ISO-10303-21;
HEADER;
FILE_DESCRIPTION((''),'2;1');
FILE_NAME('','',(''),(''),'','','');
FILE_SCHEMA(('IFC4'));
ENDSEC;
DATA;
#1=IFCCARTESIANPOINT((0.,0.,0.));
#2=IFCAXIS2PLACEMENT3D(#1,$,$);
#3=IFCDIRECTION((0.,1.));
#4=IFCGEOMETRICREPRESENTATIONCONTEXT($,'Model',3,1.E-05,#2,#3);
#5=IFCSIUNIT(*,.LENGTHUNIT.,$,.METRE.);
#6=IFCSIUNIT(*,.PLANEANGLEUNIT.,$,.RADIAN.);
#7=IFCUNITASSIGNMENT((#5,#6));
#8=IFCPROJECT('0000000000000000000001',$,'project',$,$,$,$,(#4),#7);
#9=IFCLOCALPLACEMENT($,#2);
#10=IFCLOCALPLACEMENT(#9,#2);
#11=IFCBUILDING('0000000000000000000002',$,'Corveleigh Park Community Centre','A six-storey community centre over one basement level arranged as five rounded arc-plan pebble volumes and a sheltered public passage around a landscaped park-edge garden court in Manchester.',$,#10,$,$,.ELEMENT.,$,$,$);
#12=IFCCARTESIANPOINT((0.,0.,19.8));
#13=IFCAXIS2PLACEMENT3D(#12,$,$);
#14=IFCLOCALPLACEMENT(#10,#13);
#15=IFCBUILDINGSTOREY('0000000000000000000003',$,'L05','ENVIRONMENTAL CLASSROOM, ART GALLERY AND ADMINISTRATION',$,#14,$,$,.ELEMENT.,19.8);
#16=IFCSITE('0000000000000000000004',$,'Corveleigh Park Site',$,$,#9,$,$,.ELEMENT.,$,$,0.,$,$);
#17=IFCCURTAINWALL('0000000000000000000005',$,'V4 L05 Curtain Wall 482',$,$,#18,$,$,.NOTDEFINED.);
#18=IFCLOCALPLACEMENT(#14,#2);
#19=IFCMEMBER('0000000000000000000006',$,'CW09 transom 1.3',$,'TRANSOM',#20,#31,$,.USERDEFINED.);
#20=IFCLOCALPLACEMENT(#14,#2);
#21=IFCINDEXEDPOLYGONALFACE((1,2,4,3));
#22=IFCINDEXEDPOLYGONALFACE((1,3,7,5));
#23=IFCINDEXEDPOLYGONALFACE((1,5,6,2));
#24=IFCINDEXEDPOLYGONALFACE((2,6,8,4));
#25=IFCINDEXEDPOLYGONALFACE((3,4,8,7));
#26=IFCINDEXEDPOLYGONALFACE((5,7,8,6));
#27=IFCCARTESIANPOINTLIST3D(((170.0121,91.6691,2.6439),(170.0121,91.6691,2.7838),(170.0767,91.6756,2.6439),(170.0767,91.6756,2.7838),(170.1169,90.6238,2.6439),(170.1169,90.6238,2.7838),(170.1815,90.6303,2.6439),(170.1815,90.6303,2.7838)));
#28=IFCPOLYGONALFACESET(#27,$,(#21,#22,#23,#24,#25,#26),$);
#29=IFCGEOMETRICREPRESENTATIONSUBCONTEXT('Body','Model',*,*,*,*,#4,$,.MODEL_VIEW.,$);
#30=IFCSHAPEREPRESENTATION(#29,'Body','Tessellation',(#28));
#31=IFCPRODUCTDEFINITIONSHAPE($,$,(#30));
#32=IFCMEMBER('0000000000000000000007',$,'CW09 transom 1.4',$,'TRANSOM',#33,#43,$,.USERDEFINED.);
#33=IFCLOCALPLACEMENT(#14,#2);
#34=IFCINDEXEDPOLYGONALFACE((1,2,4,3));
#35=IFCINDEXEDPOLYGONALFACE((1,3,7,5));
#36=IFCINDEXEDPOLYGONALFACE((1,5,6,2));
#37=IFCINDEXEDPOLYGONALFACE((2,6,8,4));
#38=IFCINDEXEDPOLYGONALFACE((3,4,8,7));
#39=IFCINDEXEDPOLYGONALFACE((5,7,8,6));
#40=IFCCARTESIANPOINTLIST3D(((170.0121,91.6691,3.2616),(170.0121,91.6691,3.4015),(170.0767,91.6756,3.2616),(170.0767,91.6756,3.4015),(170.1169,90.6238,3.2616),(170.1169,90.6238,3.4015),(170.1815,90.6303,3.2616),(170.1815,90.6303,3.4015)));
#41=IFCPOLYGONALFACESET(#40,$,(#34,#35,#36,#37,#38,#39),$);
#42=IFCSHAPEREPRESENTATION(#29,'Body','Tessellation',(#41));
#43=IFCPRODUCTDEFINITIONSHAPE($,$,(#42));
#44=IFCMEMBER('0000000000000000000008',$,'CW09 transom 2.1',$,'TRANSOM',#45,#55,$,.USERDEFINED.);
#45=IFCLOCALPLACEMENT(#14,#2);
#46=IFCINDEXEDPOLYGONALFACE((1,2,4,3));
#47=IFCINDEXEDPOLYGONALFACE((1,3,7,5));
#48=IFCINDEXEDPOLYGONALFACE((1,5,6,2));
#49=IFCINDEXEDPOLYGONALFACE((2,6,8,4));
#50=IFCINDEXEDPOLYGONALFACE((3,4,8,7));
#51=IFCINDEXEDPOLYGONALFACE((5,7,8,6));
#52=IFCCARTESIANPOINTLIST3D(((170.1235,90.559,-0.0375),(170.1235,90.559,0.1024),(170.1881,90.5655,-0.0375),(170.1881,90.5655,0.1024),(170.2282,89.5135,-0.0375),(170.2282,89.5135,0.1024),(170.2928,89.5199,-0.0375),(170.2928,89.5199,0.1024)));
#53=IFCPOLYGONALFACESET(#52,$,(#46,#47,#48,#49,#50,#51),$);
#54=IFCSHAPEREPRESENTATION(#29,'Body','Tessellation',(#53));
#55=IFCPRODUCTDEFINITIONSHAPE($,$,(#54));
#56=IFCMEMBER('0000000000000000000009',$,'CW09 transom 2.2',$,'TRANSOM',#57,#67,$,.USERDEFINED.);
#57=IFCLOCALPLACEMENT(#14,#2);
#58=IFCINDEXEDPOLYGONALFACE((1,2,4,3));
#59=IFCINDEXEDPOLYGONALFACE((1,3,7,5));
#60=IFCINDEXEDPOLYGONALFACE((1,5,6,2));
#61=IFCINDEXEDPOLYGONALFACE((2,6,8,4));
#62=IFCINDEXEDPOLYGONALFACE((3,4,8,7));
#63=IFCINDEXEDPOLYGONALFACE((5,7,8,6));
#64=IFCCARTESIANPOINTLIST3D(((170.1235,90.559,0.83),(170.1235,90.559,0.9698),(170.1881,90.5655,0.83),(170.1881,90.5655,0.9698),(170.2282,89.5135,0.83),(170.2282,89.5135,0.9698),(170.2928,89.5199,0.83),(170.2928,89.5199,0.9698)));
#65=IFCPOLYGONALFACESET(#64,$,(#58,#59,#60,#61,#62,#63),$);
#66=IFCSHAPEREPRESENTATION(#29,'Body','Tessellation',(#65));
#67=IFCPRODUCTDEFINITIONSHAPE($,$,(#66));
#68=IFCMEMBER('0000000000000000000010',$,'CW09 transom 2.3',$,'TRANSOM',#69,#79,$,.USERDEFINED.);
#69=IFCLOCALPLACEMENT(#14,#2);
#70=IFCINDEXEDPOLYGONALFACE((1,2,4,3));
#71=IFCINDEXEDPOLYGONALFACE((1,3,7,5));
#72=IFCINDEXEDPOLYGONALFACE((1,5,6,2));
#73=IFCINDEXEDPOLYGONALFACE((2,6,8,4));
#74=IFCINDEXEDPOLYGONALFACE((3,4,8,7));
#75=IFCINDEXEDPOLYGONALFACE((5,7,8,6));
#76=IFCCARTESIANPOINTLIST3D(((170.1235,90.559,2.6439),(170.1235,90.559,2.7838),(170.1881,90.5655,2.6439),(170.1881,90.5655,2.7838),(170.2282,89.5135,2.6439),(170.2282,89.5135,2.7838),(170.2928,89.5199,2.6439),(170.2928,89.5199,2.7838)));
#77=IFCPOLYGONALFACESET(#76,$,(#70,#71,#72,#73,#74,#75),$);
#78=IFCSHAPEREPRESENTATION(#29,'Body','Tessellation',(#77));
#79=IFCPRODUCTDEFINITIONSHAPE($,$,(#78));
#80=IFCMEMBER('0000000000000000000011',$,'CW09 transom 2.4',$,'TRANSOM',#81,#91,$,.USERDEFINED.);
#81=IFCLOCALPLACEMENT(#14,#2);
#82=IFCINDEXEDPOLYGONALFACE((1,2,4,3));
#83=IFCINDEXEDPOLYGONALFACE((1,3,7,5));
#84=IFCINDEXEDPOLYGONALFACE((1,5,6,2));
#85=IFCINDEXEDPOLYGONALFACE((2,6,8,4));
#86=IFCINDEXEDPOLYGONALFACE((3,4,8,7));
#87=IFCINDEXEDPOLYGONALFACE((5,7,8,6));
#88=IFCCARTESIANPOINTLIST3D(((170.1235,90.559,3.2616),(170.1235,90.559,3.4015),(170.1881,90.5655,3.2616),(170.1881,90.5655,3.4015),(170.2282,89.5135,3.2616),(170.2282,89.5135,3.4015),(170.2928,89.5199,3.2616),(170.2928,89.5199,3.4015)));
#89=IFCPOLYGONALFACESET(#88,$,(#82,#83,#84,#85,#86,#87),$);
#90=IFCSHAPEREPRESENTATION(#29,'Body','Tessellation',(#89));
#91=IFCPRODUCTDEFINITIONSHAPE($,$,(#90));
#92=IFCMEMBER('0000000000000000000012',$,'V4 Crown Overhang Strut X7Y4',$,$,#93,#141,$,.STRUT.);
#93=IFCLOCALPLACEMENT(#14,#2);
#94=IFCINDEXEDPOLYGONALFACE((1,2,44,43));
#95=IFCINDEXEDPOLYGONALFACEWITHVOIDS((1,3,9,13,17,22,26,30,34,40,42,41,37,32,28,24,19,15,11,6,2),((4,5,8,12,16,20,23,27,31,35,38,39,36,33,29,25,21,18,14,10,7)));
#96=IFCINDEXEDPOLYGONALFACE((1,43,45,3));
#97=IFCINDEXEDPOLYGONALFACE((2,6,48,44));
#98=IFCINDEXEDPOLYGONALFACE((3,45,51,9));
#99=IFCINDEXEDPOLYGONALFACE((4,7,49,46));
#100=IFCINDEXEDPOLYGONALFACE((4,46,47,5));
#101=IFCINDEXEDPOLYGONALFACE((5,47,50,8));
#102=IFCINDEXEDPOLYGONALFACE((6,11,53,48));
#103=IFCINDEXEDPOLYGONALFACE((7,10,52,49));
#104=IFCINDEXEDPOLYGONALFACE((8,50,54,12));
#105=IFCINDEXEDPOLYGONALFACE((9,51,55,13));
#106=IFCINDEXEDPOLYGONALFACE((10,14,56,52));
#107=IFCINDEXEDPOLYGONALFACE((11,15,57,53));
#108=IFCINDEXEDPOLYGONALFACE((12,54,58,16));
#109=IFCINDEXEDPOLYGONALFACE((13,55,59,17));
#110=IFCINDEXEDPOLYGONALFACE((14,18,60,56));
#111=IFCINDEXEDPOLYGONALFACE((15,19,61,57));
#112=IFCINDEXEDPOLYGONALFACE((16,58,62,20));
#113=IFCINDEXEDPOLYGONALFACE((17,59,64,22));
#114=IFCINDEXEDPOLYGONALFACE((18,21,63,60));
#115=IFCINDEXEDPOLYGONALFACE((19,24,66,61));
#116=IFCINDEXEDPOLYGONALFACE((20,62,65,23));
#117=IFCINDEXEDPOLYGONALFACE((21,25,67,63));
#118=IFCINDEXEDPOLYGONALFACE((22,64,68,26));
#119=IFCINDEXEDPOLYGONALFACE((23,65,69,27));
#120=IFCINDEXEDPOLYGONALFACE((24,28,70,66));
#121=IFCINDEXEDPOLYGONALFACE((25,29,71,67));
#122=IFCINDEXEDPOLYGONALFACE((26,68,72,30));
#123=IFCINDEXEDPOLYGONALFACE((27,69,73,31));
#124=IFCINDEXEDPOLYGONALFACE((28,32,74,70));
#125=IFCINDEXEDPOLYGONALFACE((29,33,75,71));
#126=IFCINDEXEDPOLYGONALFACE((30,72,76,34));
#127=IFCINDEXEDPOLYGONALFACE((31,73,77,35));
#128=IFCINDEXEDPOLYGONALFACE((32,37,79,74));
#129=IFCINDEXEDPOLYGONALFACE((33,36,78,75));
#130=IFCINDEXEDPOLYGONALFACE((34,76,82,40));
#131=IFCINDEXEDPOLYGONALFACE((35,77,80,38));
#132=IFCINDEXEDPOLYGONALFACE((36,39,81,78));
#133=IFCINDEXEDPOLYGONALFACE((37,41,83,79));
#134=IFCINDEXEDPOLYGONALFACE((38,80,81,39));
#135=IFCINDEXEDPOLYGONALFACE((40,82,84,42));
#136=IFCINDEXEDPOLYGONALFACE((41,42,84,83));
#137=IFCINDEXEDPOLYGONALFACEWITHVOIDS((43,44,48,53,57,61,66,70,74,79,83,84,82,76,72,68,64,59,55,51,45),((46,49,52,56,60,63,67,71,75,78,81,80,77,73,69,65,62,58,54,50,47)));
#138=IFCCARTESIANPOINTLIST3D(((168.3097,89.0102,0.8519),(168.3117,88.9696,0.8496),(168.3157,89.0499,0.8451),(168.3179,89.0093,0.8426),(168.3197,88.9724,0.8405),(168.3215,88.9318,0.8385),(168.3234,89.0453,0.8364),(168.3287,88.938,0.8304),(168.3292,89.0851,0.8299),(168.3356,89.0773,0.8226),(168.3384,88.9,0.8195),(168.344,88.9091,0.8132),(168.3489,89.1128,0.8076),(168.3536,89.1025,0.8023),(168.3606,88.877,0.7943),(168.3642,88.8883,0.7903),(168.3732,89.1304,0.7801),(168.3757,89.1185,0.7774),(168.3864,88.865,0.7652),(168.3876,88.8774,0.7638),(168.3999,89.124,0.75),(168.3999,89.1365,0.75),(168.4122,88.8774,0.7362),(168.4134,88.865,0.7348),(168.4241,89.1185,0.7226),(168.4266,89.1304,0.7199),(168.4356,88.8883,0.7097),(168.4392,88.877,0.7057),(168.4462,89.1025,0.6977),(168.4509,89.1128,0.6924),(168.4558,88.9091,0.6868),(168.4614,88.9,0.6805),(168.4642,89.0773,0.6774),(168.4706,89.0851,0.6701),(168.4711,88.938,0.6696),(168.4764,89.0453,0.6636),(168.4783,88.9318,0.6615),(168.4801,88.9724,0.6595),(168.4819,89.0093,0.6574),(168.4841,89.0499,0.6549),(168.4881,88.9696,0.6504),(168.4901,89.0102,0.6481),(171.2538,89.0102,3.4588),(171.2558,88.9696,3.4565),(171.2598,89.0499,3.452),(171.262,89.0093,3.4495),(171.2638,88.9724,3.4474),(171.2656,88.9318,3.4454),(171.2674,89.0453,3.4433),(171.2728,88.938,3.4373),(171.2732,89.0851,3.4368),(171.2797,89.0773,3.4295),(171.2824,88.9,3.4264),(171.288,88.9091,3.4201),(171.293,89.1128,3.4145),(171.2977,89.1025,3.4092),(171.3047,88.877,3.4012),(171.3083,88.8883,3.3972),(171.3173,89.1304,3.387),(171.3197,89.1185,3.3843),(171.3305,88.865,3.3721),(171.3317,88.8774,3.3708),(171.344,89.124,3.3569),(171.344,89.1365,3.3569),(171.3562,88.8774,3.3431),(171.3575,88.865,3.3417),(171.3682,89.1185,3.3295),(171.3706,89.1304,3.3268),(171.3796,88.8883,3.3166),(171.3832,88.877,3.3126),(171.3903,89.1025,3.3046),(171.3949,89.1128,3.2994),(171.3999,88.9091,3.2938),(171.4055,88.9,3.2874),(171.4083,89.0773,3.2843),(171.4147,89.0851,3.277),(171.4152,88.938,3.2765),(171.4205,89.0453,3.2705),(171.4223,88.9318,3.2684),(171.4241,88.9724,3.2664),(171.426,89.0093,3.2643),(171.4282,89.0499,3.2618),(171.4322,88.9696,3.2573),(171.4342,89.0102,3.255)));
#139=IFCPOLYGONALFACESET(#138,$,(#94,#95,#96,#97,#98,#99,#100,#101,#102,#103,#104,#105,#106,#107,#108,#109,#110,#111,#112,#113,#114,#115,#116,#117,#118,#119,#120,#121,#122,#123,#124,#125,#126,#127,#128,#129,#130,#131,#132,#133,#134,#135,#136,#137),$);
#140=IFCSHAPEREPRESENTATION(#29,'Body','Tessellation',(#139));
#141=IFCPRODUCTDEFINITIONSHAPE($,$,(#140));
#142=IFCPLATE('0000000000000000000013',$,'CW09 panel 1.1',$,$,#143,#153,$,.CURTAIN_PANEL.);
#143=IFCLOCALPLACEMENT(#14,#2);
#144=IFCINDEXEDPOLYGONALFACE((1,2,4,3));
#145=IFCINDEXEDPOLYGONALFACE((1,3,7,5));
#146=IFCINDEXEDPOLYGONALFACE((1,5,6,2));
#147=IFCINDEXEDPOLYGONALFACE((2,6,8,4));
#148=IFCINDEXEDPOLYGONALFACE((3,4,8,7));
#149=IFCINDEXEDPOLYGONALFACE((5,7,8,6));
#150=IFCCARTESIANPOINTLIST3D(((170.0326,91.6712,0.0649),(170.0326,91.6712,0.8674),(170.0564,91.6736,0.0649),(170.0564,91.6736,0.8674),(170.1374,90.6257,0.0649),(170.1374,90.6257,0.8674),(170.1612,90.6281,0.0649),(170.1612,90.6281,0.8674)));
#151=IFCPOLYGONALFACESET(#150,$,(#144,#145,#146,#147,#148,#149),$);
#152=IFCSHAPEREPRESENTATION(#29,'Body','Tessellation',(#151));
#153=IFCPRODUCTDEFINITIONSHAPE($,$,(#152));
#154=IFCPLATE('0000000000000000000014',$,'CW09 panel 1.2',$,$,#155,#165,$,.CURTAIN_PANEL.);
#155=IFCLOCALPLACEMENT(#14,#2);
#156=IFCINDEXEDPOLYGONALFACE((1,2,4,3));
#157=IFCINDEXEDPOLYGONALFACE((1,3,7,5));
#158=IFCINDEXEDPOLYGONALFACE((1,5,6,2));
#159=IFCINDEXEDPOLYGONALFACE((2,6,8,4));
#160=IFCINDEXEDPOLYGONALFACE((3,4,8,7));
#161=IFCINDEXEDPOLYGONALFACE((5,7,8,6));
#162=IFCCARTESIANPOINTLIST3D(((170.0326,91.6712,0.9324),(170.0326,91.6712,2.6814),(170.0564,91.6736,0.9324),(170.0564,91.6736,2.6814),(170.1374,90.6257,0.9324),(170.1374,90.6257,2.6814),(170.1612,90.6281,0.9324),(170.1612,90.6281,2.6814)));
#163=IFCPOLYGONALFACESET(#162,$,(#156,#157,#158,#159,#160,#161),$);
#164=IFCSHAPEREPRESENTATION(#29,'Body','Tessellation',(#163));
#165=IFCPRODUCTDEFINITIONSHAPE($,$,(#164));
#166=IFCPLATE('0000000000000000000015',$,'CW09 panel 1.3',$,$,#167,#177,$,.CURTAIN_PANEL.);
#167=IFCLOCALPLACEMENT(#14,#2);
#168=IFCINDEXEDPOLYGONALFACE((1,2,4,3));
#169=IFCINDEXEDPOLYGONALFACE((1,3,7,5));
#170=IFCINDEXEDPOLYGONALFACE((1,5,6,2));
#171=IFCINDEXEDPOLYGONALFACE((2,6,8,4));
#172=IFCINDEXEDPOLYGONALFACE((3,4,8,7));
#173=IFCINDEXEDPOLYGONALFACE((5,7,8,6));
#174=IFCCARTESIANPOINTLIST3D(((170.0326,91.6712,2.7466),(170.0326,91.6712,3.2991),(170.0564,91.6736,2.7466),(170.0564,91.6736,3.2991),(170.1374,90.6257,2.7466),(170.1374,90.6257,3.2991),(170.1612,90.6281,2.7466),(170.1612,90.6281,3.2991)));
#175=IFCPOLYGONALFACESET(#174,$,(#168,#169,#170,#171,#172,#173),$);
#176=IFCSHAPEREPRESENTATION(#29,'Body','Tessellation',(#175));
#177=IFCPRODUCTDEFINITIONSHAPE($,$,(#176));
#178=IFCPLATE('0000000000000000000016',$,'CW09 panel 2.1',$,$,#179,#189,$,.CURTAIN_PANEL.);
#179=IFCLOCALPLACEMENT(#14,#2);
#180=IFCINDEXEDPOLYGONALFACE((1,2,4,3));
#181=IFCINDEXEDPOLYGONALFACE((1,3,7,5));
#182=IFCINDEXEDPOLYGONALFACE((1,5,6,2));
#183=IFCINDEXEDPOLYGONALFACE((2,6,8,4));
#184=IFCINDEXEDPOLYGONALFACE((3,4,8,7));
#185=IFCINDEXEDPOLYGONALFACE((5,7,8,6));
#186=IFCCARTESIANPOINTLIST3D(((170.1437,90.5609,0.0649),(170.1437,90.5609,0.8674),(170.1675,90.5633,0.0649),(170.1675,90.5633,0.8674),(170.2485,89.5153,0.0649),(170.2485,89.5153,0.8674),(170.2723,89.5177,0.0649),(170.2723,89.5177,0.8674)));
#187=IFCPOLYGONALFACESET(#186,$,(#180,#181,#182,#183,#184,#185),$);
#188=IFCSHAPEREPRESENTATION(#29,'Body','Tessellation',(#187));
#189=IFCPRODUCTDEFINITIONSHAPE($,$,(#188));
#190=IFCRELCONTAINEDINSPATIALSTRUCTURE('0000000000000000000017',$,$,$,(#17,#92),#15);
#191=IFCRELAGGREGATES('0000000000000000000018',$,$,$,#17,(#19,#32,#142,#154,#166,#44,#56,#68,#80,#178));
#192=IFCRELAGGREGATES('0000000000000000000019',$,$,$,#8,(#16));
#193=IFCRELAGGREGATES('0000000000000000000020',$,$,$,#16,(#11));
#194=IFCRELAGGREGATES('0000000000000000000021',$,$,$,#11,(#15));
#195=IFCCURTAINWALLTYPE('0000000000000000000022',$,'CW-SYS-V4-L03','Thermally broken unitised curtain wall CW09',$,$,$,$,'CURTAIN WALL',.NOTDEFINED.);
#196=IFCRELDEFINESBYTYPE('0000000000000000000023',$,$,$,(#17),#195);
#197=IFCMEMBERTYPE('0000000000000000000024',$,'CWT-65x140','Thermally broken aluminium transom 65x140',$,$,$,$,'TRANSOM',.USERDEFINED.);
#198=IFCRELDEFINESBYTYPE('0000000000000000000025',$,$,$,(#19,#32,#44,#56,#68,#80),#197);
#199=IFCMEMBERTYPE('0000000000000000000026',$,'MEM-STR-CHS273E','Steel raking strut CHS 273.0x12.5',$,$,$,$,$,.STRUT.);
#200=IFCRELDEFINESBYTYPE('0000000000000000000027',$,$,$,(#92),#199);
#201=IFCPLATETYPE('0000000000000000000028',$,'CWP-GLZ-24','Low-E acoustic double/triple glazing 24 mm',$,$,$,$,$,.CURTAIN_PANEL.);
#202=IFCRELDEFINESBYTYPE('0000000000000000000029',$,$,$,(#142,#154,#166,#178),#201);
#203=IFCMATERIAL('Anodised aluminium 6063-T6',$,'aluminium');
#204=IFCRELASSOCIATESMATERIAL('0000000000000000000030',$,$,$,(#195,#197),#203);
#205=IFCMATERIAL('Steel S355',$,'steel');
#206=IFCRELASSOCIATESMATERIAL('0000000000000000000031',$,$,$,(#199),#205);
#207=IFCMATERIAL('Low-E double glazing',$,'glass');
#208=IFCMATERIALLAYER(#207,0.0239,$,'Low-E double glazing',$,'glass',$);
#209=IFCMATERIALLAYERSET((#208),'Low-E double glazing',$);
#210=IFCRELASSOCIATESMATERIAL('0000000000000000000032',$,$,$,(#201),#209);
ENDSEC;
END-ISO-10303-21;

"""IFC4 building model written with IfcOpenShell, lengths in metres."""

from ifc_helpers import new_model, si_unit, direction, frame, origin, origin_2d, place, context, subcontext, project, spatial, rectangle, hollow_circle, extrude, material, layer, layer_set, material_profile, profile_set, type_object, element, aggregate, save


model = new_model("IFC4")

# Units and contexts
model_context = context("Model", 3, precision=1e-05, world=origin(), true_north=direction((0.0, 1.0)))
body_context = subcontext(model_context, "Body", "Model", "MODEL_VIEW")
ifc_project = project(units=[si_unit("LENGTHUNIT", "METRE"), si_unit("PLANEANGLEUNIT", "RADIAN")], contexts=[model_context])

# Site, building, storey
site_placement = place(None, origin())
site = spatial("IfcSite", under=ifc_project, at=site_placement, Name="Corveleigh Park Site", CompositionType="ELEMENT", RefElevation=0.0)
building_placement = place(site_placement, origin())
building = spatial("IfcBuilding", under=site, at=building_placement, Name="Corveleigh Park Community Centre", Description="A six-storey community centre over one basement level arranged as five rounded arc-plan pebble volumes and a sheltered public passage around a landscaped park-edge garden court in Manchester.", CompositionType="ELEMENT")
storey_placement = place(building_placement, frame((0.0, 0.0, 19.8)))
storey = spatial("IfcBuildingStorey", under=building, at=storey_placement, Name="L05", Description="ENVIRONMENTAL CLASSROOM, ART GALLERY AND ADMINISTRATION", CompositionType="ELEMENT", Elevation=19.8)

# Shared definitions
ifc_material_1 = material(Name="Steel S355", Category="steel")

# Shared definitions
ifc_material_2 = material(Name="Anodised aluminium 6063-T6", Category="aluminium")
curtain_wall_type = type_object("IfcCurtainWallType", Name="CW-SYS-V4-L03", Description="Thermally broken unitised curtain wall CW09", ElementType="CURTAIN WALL", PredefinedType="NOTDEFINED", material=ifc_material_2)

# Curtain wall
curtain_wall_1_placement = place(storey_placement, origin())
curtain_wall_1 = element("IfcCurtainWall", 1, at=curtain_wall_1_placement, inside=storey, type_object=curtain_wall_type, Name="V4 L05 Curtain Wall 482", PredefinedType="NOTDEFINED")

# Members
ifc_material_profile_1 = material_profile(ifc_material_2, rectangle(XDim=0.0649, YDim=0.1399, at=origin_2d()), Name="ALU-T65x140", Category="aluminium")
ifc_profile_set_1 = profile_set([ifc_material_profile_1], Name="Anodised aluminium 6063-T6")
member_type_1 = type_object("IfcMemberType", Name="CWT-65x140", Description="Thermally broken aluminium transom 65x140", ElementType="TRANSOM", PredefinedType="USERDEFINED", material=ifc_profile_set_1)
member_1_placement = place(storey_placement, frame((170.0444, 91.6724, 2.7139), z_axis=(0.099688, -0.995019, 0.0), x_axis=(0.995019, 0.099688, 0.0)))
member_1 = element("IfcMember", 2, at=member_1_placement, type_object=member_type_1, Name="CW09 transom 1.3", ObjectType="TRANSOM", PredefinedType="USERDEFINED", context=body_context, shape_type="SweptSolid", body=[
    extrude(rectangle(XDim=0.0649, YDim=0.1399, at=origin_2d()), origin(), (0.0, 0.0, 1.0), 1.0505),
])
member_2_placement = place(storey_placement, frame((170.0444, 91.6724, 3.3315), z_axis=(0.099688, -0.995019, 0.0), x_axis=(0.995019, 0.099688, 0.0)))
member_2 = element("IfcMember", 3, at=member_2_placement, type_object=member_type_1, Name="CW09 transom 1.4", ObjectType="TRANSOM", PredefinedType="USERDEFINED", context=body_context, shape_type="SweptSolid", body=[
    extrude(rectangle(XDim=0.0649, YDim=0.1399, at=origin_2d()), origin(), (0.0, 0.0, 1.0), 1.0505),
])
member_3_placement = place(storey_placement, frame((170.1558, 90.5623, 0.0325), z_axis=(0.099665, -0.995021, 0.0), x_axis=(0.995021, 0.099665, 0.0)))
member_3 = element("IfcMember", 4, at=member_3_placement, type_object=member_type_1, Name="CW09 transom 2.1", ObjectType="TRANSOM", PredefinedType="USERDEFINED", context=body_context, shape_type="SweptSolid", body=[
    extrude(rectangle(XDim=0.0649, YDim=0.1399, at=origin_2d()), origin(), (0.0, 0.0, 1.0), 1.0508),
])
member_4_placement = place(storey_placement, frame((170.1558, 90.5623, 0.8999), z_axis=(0.099665, -0.995021, 0.0), x_axis=(0.995021, 0.099665, 0.0)))
member_4 = element("IfcMember", 5, at=member_4_placement, type_object=member_type_1, Name="CW09 transom 2.2", ObjectType="TRANSOM", PredefinedType="USERDEFINED", context=body_context, shape_type="SweptSolid", body=[
    extrude(rectangle(XDim=0.0649, YDim=0.1399, at=origin_2d()), origin(), (0.0, 0.0, 1.0), 1.0508),
])
member_5_placement = place(storey_placement, frame((170.1558, 90.5623, 2.7139), z_axis=(0.099665, -0.995021, 0.0), x_axis=(0.995021, 0.099665, 0.0)))
member_5 = element("IfcMember", 6, at=member_5_placement, type_object=member_type_1, Name="CW09 transom 2.3", ObjectType="TRANSOM", PredefinedType="USERDEFINED", context=body_context, shape_type="SweptSolid", body=[
    extrude(rectangle(XDim=0.0649, YDim=0.1399, at=origin_2d()), origin(), (0.0, 0.0, 1.0), 1.0508),
])
member_6_placement = place(storey_placement, frame((170.1558, 90.5623, 3.3315), z_axis=(0.099665, -0.995021, 0.0), x_axis=(0.995021, 0.099665, 0.0)))
member_6 = element("IfcMember", 7, at=member_6_placement, type_object=member_type_1, Name="CW09 transom 2.4", ObjectType="TRANSOM", PredefinedType="USERDEFINED", context=body_context, shape_type="SweptSolid", body=[
    extrude(rectangle(XDim=0.0649, YDim=0.1399, at=origin_2d()), origin(), (0.0, 0.0, 1.0), 1.0508),
])
ifc_material_profile_2 = material_profile(ifc_material_1, hollow_circle(Radius=0.1365, WallThickness=0.0125, at=origin_2d()), Name="CHS 273.0x12.5", Category="steel")
ifc_profile_set_2 = profile_set([ifc_material_profile_2], Name="Steel S355")
member_type_2 = type_object("IfcMemberType", Name="MEM-STR-CHS273E", Description="Steel raking strut CHS 273.0x12.5", PredefinedType="STRUT", material=ifc_profile_set_2)
member_7_placement = place(storey_placement, frame((168.3999, 89.0, 0.75), z_axis=(0.748675, 0.0, 0.662937), x_axis=(0.0, 1.0, 0.0)))
element("IfcMember", 8, at=member_7_placement, inside=storey, type_object=member_type_2, Name="V4 Crown Overhang Strut X7Y4", PredefinedType="STRUT", context=body_context, shape_type="SweptSolid", body=[
    extrude(hollow_circle(Radius=0.1365, WallThickness=0.0125, at=origin_2d()), origin(), (0.0, 0.0, 1.0), 3.9324),
])

# Plates
ifc_material_3 = material(Name="Low-E double glazing", Category="glass")
ifc_layer_1 = layer(ifc_material_3, 0.0239, Name="Low-E double glazing", Category="glass")
ifc_layer_set_1 = layer_set([ifc_layer_1], Name="Low-E double glazing")
plate_type_1 = type_object("IfcPlateType", Name="CWP-GLZ-24", Description="Low-E acoustic double/triple glazing 24 mm", PredefinedType="CURTAIN_PANEL", material=ifc_layer_set_1)
plate_1_placement = place(storey_placement, frame((170.0969, 91.1497, 0.0649), z_axis=(0.0, 0.0, 1.0), x_axis=(0.099719, -0.995016, 0.0)))
plate_1 = element("IfcPlate", 9, at=plate_1_placement, type_object=plate_type_1, Name="CW09 panel 1.1", PredefinedType="CURTAIN_PANEL", context=body_context, shape_type="SweptSolid", body=[
    extrude(rectangle(XDim=1.0508, YDim=0.0239, at=origin_2d()), origin(), (0.0, 0.0, 1.0), 0.8025),
])
plate_2_placement = place(storey_placement, frame((170.0969, 91.1497, 0.9324), z_axis=(0.0, 0.0, 1.0), x_axis=(0.099719, -0.995016, 0.0)))
plate_2 = element("IfcPlate", 10, at=plate_2_placement, type_object=plate_type_1, Name="CW09 panel 1.2", PredefinedType="CURTAIN_PANEL", context=body_context, shape_type="SweptSolid", body=[
    extrude(rectangle(XDim=1.0508, YDim=0.0239, at=origin_2d()), origin(), (0.0, 0.0, 1.0), 1.749),
])
plate_3_placement = place(storey_placement, frame((170.0969, 91.1497, 2.7466), z_axis=(0.0, 0.0, 1.0), x_axis=(0.099719, -0.995016, 0.0)))
plate_3 = element("IfcPlate", 11, at=plate_3_placement, type_object=plate_type_1, Name="CW09 panel 1.3", PredefinedType="CURTAIN_PANEL", context=body_context, shape_type="SweptSolid", body=[
    extrude(rectangle(XDim=1.0508, YDim=0.0239, at=origin_2d()), origin(), (0.0, 0.0, 1.0), 0.5525),
])
plate_4_placement = place(storey_placement, frame((170.208, 90.0393, 0.0649), z_axis=(0.0, 0.0, 1.0), x_axis=(0.099719, -0.995016, 0.0)))
plate_4 = element("IfcPlate", 12, at=plate_4_placement, type_object=plate_type_1, Name="CW09 panel 2.1", PredefinedType="CURTAIN_PANEL", context=body_context, shape_type="SweptSolid", body=[
    extrude(rectangle(XDim=1.0508, YDim=0.0239, at=origin_2d()), origin(), (0.0, 0.0, 1.0), 0.8025),
])
aggregate(curtain_wall_1, [member_1, member_2, plate_1, plate_2, plate_3, member_3, member_4, member_5, member_6, plate_4])

save(model, "model.ifc")
